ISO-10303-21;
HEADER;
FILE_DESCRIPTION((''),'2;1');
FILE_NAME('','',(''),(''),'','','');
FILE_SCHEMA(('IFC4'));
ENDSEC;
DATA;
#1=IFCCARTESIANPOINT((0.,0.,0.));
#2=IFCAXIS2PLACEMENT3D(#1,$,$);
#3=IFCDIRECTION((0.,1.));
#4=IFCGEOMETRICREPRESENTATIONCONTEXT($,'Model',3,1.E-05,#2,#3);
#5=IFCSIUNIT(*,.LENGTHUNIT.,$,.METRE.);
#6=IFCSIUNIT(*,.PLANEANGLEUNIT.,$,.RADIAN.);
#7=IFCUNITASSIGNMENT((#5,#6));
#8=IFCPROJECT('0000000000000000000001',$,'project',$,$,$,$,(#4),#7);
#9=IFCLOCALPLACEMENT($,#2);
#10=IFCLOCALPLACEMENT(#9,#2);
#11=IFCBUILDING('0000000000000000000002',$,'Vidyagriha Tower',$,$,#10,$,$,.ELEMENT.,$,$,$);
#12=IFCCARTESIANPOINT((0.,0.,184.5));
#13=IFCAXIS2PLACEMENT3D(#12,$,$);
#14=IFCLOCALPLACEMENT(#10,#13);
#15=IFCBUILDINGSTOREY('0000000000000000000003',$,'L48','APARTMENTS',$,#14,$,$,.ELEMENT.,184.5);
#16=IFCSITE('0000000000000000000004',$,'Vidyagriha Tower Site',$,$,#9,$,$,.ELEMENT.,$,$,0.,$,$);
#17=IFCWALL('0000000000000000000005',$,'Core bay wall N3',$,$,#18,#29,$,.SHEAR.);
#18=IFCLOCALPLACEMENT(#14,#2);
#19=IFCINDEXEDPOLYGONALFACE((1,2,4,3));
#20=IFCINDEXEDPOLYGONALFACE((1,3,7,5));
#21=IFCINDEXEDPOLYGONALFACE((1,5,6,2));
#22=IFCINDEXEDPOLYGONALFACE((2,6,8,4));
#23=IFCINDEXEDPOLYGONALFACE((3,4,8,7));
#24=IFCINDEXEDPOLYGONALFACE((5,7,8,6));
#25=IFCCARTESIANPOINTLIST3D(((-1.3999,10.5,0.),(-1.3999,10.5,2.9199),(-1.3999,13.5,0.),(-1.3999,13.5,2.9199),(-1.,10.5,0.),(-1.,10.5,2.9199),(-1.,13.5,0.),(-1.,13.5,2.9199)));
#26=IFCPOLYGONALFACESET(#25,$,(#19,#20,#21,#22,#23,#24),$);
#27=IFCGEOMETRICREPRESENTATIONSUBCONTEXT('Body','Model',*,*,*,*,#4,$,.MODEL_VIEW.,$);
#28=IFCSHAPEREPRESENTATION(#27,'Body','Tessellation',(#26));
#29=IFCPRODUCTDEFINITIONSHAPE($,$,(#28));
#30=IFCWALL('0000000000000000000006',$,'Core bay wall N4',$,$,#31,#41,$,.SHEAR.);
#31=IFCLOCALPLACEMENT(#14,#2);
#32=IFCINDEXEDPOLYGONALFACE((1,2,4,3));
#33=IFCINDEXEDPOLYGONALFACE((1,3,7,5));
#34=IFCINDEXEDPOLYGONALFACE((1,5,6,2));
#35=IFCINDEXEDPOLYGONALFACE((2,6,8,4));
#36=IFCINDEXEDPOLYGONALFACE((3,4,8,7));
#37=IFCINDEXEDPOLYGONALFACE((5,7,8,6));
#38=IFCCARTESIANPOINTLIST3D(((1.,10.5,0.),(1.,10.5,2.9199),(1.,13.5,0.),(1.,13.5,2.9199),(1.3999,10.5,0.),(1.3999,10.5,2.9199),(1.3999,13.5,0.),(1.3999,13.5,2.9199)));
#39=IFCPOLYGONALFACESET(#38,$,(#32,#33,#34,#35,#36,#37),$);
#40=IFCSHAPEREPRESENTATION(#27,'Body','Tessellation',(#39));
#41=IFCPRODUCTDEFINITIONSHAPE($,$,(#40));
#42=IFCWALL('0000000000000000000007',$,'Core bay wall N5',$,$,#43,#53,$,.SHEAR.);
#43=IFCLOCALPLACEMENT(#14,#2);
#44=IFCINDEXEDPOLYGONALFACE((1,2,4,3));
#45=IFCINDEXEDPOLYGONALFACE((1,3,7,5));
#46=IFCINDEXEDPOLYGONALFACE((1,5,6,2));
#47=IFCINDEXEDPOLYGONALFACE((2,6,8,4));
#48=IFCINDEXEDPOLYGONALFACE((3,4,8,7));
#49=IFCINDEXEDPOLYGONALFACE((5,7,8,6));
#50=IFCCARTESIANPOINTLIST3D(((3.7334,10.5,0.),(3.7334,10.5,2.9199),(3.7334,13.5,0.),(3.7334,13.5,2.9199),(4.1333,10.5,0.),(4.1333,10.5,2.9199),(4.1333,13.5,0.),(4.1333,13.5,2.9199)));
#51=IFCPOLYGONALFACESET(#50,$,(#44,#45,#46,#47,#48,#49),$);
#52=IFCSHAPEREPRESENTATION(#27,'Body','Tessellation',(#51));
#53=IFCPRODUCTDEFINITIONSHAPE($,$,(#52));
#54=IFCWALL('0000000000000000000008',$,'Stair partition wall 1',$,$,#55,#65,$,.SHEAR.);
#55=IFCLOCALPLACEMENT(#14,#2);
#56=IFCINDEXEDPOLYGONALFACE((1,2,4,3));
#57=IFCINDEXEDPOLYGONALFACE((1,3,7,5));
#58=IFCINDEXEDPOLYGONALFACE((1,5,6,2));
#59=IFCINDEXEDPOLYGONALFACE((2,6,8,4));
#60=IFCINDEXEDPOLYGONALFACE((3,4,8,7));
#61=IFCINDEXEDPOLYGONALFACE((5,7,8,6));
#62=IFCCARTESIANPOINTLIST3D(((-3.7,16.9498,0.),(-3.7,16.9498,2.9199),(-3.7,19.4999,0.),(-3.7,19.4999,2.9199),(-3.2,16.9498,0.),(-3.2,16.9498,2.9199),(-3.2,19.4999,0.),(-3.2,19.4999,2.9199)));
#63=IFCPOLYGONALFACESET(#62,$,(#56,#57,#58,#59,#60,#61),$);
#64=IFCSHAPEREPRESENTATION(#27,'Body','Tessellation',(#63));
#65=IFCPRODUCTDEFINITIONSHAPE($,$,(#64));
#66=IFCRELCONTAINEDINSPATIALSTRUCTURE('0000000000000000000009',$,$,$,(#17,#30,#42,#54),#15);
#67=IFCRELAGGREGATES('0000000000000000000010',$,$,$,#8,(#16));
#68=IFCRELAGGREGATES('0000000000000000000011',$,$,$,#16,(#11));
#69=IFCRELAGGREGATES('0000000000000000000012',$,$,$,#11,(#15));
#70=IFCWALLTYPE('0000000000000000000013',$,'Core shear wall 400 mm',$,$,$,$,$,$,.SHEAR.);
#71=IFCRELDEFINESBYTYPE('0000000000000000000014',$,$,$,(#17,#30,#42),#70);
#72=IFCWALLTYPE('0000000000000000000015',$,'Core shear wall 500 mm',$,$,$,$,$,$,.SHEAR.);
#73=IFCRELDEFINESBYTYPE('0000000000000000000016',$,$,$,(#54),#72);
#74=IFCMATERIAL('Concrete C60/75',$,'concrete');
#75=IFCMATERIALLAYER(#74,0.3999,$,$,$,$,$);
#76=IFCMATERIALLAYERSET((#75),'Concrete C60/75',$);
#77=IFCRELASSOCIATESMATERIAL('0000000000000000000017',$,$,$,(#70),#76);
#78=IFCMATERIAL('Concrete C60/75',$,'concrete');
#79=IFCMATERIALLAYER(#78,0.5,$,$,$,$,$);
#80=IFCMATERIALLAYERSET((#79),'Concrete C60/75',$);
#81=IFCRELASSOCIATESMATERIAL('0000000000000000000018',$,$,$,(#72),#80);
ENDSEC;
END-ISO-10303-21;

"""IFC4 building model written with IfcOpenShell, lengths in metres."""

from ifc_helpers import new_model, si_unit, direction, frame, frame_2d, origin, place, context, subcontext, project, spatial, rectangle, extrude, material, layer, layer_set, type_object, element, save


model = new_model("IFC4")

# Units and contexts
model_context = context("Model", 3, precision=1e-05, world=origin(), true_north=direction((0.0, 1.0)))
body_context = subcontext(model_context, "Body", "Model", "MODEL_VIEW")
ifc_project = project(units=[si_unit("LENGTHUNIT", "METRE"), si_unit("PLANEANGLEUNIT", "RADIAN")], contexts=[model_context])

# Site, building, storey
site_placement = place(None, origin())
site = spatial("IfcSite", under=ifc_project, at=site_placement, Name="Vidyagriha Tower Site", CompositionType="ELEMENT", RefElevation=0.0)
building_placement = place(site_placement, origin())
building = spatial("IfcBuilding", under=site, at=building_placement, Name="Vidyagriha Tower", CompositionType="ELEMENT")
storey_placement = place(building_placement, frame((0.0, 0.0, 184.5)))
storey = spatial("IfcBuildingStorey", under=building, at=storey_placement, Name="L48", Description="APARTMENTS", CompositionType="ELEMENT", Elevation=184.5)

# Shared definitions
ifc_material_1 = material(Name="Concrete C60/75", Category="concrete")
ifc_layer_1 = layer(ifc_material_1, 0.3999)
ifc_layer_set_1 = layer_set([ifc_layer_1], Name="Concrete C60/75")
wall_type_1 = type_object("IfcWallType", Name="Core shear wall 400 mm", PredefinedType="SHEAR", material=ifc_layer_set_1)

# Walls
for number, where, z_axis, x_axis, name in (
    (1, (-1.2, 10.5, 0.0), (0.0, 0.0, 1.0), (0.0, 1.0, 0.0), "Core bay wall N3"),
    (2, (1.2, 10.5, 0.0), (0.0, 0.0, 1.0), (0.0, 1.0, 0.0), "Core bay wall N4"),
    (3, (3.9333, 10.5, 0.0), (0.0, 0.0, 1.0), (0.0, 1.0, 0.0), "Core bay wall N5"),
):
    element("IfcWall", number, at=place(storey_placement, frame(where, z_axis=z_axis, x_axis=x_axis)), inside=storey, type_object=wall_type_1, Name=name, PredefinedType="SHEAR", context=body_context, shape_type="SweptSolid", body=[
        extrude(rectangle(XDim=3.0, YDim=0.3999, at=frame_2d((1.5, 0.0))), origin(), (0.0, 0.0, 1.0), 2.9199),
    ])
ifc_material_2 = material(Name="Concrete C60/75", Category="concrete")
ifc_layer_2 = layer(ifc_material_2, 0.5)
ifc_layer_set_2 = layer_set([ifc_layer_2], Name="Concrete C60/75")
wall_type_2 = type_object("IfcWallType", Name="Core shear wall 500 mm", PredefinedType="SHEAR", material=ifc_layer_set_2)
wall_1_placement = place(storey_placement, frame((-3.45, 16.95, 0.0), z_axis=(0.0, 0.0, 1.0), x_axis=(0.0, 1.0, 0.0)))
element("IfcWall", 4, at=wall_1_placement, inside=storey, type_object=wall_type_2, Name="Stair partition wall 1", PredefinedType="SHEAR", context=body_context, shape_type="SweptSolid", body=[
    extrude(rectangle(XDim=2.55, YDim=0.5, at=frame_2d((1.2749, 0.0))), origin(), (0.0, 0.0, 1.0), 2.9199),
])

save(model, "model.ifc")
